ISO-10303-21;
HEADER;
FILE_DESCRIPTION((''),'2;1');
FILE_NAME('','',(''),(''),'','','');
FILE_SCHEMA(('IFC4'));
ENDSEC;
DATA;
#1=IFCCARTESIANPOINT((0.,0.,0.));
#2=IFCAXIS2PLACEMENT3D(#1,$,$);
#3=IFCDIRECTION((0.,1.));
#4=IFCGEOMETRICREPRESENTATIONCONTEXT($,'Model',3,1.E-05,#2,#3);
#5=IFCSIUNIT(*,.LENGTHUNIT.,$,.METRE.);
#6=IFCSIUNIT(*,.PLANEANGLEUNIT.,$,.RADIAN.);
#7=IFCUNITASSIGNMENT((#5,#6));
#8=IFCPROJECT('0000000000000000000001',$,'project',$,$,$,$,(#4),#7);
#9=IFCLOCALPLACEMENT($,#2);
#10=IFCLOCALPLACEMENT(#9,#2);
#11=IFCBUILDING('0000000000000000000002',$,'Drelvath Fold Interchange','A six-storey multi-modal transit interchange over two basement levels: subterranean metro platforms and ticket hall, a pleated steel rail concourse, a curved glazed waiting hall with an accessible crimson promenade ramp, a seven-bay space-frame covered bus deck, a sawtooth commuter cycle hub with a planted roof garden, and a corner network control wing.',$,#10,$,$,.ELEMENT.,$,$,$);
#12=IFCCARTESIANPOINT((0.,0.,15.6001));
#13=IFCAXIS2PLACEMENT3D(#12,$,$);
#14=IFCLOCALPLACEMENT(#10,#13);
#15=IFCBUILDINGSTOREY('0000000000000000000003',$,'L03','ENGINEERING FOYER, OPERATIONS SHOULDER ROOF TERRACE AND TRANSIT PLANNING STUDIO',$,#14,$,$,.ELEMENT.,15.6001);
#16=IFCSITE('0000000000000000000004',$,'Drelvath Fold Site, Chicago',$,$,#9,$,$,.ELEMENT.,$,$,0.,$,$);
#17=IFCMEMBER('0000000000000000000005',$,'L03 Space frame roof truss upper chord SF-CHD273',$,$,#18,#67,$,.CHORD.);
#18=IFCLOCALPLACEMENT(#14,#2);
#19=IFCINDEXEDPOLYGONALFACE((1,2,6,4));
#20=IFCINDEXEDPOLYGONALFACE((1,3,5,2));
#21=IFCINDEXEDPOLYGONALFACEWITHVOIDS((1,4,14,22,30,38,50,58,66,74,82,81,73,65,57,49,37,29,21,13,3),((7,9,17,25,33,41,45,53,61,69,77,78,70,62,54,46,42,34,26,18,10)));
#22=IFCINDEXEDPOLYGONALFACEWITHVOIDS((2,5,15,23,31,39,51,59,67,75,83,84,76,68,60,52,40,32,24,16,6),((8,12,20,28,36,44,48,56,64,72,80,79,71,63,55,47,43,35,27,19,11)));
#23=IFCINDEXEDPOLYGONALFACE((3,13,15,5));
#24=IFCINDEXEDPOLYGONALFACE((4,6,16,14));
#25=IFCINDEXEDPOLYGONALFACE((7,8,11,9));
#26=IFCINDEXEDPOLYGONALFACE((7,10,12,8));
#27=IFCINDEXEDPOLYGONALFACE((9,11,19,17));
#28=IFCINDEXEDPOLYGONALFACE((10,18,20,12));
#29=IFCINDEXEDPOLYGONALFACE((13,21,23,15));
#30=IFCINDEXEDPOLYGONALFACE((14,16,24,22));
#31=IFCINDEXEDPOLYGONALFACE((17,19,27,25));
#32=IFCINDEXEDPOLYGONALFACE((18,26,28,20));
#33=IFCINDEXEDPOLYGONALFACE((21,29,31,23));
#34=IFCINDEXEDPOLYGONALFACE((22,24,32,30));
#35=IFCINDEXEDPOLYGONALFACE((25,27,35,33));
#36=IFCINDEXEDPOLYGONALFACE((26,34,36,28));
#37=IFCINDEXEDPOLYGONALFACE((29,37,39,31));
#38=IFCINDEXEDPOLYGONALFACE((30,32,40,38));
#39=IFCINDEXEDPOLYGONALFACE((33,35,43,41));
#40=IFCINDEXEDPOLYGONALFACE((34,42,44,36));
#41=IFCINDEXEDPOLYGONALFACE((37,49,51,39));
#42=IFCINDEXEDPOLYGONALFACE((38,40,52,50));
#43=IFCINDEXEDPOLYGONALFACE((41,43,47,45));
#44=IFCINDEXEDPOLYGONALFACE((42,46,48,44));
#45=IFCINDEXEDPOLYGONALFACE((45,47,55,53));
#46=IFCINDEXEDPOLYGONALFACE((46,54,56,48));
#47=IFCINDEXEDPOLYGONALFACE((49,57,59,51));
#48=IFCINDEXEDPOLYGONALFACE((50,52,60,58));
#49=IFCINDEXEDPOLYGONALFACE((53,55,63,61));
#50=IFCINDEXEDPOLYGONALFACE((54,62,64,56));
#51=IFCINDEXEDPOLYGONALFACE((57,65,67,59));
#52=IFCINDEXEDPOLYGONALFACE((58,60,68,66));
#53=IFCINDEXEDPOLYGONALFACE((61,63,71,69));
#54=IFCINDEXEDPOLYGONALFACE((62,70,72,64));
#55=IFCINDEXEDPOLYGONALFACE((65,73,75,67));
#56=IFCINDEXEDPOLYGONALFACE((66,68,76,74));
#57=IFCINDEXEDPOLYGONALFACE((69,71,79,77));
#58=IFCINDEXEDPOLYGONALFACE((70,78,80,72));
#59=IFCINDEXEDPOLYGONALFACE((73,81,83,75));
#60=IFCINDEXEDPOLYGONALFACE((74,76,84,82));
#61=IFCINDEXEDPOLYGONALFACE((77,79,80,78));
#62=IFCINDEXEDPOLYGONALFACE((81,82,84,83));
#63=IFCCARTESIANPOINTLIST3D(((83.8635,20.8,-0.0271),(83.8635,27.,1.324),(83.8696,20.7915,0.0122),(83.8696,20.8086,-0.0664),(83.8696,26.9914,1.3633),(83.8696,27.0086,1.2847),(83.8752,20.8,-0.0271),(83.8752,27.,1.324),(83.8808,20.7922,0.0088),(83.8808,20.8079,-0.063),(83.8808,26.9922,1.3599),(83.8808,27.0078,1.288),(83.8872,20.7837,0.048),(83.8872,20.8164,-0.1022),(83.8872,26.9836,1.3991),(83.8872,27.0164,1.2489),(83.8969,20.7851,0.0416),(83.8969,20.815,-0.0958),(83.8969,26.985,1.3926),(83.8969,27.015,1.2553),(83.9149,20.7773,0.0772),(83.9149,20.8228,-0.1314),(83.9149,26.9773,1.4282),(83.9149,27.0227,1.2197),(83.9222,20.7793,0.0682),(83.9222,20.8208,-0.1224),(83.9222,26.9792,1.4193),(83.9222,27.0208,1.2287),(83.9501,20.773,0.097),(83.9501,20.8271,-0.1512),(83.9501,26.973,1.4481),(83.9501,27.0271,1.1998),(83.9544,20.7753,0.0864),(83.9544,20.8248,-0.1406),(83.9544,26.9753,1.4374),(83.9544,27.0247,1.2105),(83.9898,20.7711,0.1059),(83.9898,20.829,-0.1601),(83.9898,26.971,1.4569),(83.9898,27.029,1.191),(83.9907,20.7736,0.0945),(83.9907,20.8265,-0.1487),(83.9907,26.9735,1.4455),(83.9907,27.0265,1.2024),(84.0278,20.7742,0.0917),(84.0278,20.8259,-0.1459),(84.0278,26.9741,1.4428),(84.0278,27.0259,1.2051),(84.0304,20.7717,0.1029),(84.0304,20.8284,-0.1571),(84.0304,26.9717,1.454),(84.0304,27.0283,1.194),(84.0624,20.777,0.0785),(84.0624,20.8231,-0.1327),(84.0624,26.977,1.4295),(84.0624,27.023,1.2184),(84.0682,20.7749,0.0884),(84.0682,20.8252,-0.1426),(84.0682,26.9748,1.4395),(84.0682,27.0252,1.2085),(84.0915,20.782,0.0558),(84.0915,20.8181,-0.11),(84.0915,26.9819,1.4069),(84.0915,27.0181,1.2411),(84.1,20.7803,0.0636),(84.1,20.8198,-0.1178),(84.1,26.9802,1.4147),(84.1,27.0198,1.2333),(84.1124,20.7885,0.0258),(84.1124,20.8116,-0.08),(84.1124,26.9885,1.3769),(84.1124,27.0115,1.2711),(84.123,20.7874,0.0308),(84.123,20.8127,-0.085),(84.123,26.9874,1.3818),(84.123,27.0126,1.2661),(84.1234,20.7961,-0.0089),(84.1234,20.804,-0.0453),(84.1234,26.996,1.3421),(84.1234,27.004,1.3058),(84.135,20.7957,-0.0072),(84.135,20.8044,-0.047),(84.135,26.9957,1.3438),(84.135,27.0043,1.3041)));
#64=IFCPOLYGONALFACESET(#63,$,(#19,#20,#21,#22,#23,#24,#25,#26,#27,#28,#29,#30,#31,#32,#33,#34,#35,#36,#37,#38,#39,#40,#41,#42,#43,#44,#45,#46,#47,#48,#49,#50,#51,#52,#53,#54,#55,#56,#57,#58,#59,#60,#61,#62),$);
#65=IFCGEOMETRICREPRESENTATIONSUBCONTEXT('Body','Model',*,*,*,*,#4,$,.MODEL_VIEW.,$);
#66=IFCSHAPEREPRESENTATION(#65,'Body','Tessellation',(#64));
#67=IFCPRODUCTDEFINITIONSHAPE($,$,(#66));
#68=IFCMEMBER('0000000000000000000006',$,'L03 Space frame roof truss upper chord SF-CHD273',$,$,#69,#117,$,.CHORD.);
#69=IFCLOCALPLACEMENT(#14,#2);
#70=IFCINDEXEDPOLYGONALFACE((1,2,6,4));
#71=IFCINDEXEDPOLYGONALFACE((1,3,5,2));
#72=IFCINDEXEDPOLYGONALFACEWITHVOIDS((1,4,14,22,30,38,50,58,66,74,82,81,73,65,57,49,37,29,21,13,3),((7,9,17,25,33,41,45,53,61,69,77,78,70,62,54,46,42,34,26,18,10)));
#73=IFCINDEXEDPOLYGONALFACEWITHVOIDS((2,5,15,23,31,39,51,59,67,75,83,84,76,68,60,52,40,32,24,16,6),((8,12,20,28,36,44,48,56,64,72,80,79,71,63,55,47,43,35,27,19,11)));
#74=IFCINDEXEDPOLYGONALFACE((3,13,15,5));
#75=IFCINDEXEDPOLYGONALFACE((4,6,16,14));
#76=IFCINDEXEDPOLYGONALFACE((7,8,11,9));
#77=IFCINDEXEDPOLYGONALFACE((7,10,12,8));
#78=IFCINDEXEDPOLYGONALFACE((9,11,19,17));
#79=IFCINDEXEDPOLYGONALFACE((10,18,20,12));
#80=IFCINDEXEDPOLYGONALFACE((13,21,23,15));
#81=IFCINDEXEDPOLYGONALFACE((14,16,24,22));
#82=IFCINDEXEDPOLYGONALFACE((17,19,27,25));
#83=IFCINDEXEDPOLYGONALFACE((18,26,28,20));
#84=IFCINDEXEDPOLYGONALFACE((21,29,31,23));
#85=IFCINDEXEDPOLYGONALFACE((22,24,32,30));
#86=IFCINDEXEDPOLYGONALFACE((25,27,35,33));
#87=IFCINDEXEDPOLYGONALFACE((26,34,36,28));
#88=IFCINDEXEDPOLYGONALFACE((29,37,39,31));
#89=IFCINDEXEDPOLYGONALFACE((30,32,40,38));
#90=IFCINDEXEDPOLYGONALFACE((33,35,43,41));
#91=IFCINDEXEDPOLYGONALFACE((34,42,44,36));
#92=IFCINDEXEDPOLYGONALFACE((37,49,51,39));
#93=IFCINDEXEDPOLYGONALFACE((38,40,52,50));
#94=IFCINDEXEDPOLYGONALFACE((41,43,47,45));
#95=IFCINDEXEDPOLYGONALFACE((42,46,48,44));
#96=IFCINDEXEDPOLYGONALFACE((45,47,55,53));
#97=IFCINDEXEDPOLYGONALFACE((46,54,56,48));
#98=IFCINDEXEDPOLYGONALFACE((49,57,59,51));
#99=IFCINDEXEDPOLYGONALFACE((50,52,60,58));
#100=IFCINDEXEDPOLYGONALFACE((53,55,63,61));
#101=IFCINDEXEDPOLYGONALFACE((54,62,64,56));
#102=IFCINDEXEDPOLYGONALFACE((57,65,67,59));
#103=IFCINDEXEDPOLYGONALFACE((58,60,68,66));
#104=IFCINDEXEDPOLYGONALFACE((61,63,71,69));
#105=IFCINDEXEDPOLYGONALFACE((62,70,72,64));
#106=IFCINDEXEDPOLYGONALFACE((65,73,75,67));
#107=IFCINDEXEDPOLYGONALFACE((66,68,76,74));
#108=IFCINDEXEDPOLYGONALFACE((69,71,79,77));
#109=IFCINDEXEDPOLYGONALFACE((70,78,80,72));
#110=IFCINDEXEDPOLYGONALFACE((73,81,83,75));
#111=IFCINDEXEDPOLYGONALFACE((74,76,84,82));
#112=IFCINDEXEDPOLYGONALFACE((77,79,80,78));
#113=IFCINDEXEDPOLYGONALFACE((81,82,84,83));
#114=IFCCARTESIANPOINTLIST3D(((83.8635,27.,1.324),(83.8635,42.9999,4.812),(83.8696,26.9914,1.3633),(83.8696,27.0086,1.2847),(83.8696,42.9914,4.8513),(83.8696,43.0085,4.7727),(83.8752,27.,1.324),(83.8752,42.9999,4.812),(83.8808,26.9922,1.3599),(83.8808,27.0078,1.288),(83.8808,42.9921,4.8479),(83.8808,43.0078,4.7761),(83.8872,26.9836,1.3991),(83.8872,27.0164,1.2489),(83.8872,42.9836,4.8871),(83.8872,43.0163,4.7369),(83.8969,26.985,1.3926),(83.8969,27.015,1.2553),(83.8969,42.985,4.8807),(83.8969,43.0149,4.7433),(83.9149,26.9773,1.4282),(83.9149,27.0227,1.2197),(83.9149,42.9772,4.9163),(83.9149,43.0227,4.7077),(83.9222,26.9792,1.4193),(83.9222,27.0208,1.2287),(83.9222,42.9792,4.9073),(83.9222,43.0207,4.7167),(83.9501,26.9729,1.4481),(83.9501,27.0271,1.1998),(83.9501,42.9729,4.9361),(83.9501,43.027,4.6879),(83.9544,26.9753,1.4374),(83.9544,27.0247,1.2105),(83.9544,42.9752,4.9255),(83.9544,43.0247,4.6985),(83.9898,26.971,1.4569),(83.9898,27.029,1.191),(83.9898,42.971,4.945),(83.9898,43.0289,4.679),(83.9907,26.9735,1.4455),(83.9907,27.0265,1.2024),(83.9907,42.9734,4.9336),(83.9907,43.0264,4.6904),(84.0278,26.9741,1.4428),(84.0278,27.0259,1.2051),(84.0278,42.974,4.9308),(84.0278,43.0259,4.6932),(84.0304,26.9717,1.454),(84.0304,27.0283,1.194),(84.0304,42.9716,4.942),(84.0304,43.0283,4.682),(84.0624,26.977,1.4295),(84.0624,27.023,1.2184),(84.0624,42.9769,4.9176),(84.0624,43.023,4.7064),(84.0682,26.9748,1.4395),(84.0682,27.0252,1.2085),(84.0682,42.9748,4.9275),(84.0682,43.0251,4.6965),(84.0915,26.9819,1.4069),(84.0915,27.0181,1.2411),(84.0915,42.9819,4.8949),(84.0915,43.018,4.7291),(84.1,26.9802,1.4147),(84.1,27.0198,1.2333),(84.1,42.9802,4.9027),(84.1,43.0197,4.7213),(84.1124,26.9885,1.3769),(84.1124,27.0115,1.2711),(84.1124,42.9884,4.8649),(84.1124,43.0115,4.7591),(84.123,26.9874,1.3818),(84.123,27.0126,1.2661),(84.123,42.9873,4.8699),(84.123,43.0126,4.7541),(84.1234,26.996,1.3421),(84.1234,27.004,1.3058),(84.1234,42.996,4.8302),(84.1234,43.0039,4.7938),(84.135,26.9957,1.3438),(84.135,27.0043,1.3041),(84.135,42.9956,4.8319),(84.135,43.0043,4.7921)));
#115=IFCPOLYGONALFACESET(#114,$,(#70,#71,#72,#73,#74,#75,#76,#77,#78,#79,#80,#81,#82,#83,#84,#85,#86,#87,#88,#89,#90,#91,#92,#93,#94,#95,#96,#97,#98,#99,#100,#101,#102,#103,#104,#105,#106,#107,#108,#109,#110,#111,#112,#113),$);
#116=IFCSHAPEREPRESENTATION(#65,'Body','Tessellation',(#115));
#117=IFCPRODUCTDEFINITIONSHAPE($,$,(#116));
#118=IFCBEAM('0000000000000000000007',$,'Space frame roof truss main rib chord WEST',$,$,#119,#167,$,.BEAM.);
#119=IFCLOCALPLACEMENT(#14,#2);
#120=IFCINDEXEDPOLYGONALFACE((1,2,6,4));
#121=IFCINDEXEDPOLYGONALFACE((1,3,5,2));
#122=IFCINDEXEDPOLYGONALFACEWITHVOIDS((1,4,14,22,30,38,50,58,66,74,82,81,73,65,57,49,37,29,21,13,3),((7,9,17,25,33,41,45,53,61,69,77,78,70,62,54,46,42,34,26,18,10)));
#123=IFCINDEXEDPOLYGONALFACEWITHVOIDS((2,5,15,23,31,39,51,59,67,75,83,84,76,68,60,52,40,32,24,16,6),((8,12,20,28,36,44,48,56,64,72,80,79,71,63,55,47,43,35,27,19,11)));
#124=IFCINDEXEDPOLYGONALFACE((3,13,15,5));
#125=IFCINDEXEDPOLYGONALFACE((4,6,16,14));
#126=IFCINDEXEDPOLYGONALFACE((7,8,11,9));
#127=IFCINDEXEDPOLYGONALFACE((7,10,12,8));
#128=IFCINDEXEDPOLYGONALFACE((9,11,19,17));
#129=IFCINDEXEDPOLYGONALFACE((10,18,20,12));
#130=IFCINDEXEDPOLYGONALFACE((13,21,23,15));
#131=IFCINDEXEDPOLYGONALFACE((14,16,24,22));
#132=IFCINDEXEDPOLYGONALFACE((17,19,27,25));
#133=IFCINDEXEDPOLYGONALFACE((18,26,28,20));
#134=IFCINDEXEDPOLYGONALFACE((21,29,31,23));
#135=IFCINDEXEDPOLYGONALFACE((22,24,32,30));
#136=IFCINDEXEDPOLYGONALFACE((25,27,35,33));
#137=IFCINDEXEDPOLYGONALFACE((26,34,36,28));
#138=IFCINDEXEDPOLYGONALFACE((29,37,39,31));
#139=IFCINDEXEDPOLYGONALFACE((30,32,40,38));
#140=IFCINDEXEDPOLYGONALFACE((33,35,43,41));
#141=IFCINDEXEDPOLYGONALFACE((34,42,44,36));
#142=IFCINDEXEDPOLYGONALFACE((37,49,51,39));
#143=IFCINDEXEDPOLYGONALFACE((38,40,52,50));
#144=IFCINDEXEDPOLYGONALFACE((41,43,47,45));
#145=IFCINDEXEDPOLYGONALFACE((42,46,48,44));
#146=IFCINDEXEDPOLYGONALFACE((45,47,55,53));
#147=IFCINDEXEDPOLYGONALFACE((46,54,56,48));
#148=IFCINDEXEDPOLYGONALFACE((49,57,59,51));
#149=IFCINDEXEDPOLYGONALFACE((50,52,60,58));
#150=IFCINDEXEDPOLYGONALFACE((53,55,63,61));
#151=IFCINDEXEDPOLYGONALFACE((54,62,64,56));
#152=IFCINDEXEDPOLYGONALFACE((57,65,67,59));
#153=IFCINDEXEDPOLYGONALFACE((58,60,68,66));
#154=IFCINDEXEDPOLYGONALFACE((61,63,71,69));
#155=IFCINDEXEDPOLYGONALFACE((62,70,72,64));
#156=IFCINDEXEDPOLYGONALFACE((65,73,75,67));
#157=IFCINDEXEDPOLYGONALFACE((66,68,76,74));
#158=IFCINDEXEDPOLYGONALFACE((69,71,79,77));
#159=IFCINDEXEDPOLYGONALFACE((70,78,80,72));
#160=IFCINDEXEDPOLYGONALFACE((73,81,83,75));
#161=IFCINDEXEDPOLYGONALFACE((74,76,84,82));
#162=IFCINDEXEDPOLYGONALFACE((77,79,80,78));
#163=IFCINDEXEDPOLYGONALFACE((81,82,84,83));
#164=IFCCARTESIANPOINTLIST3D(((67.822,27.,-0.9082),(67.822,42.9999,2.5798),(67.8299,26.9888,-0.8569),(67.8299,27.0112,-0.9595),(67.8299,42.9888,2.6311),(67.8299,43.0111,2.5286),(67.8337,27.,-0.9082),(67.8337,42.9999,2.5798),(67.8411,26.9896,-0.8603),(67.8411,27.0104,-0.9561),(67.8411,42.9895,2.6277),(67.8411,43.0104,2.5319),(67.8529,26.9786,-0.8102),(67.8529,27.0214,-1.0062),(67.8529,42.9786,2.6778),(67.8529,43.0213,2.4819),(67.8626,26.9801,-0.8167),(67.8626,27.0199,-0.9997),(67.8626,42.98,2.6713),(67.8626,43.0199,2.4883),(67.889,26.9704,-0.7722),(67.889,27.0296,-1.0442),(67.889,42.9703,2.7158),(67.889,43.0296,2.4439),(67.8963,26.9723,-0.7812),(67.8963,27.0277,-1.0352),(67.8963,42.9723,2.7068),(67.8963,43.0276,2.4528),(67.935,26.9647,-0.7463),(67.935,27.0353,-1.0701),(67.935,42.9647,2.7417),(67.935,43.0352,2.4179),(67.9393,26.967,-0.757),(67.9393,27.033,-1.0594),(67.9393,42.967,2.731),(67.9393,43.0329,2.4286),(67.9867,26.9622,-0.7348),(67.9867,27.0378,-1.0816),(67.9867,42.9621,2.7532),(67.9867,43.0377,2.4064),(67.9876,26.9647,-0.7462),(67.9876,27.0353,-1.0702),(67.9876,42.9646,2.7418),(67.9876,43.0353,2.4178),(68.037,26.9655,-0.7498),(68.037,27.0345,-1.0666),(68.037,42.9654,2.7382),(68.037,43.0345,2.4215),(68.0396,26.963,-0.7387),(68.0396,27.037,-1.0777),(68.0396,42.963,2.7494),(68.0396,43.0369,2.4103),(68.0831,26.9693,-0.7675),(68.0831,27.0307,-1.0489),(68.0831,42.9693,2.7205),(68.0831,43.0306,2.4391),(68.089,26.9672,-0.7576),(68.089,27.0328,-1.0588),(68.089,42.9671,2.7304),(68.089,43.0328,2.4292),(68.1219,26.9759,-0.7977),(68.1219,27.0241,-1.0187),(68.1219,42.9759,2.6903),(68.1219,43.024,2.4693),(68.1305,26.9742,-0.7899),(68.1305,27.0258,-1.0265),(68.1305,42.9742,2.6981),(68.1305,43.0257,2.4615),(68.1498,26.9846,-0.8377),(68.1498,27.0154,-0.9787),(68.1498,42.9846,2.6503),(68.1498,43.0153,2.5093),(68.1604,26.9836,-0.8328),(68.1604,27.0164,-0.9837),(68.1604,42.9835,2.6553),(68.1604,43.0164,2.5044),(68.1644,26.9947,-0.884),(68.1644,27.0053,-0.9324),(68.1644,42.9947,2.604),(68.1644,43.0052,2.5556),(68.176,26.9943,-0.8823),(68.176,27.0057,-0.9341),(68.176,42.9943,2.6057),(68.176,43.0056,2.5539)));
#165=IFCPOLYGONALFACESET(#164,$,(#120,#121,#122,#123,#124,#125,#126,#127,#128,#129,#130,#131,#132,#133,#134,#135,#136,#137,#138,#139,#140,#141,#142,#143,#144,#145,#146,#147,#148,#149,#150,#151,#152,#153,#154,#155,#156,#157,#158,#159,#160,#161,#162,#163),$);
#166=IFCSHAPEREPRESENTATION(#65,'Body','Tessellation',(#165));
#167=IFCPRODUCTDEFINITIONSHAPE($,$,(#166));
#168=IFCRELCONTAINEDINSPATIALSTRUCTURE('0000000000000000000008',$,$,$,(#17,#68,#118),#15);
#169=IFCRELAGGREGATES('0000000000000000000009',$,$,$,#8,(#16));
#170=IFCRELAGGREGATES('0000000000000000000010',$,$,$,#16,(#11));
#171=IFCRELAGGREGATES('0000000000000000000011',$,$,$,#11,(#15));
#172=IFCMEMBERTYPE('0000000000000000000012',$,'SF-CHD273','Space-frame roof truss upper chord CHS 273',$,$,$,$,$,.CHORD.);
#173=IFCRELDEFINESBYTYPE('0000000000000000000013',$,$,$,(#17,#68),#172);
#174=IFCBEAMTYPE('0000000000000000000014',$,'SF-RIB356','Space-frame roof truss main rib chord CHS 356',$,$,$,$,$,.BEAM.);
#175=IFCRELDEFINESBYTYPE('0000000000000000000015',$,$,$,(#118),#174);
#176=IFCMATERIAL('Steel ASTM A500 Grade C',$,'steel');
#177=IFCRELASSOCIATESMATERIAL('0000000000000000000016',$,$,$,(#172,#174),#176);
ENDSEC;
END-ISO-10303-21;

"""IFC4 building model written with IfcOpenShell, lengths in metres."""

from ifc_helpers import new_model, si_unit, direction, frame, origin, origin_2d, place, context, subcontext, project, spatial, hollow_circle, extrude, material, material_profile, profile_set, type_object, element, save


model = new_model("IFC4")

# Units and contexts
model_context = context("Model", 3, precision=1e-05, world=origin(), true_north=direction((0.0, 1.0)))
body_context = subcontext(model_context, "Body", "Model", "MODEL_VIEW")
ifc_project = project(units=[si_unit("LENGTHUNIT", "METRE"), si_unit("PLANEANGLEUNIT", "RADIAN")], contexts=[model_context])

# Site, building, storey
site_placement = place(None, origin())
site = spatial("IfcSite", under=ifc_project, at=site_placement, Name="Drelvath Fold Site, Chicago", CompositionType="ELEMENT", RefElevation=0.0)
building_placement = place(site_placement, origin())
building = spatial("IfcBuilding", under=site, at=building_placement, Name="Drelvath Fold Interchange", Description="A six-storey multi-modal transit interchange over two basement levels: subterranean metro platforms and ticket hall, a pleated steel rail concourse, a curved glazed waiting hall with an accessible crimson promenade ramp, a seven-bay space-frame covered bus deck, a sawtooth commuter cycle hub with a planted roof garden, and a corner network control wing.", CompositionType="ELEMENT")
storey_placement = place(building_placement, frame((0.0, 0.0, 15.6001)))
storey = spatial("IfcBuildingStorey", under=building, at=storey_placement, Name="L03", Description="ENGINEERING FOYER, OPERATIONS SHOULDER ROOF TERRACE AND TRANSIT PLANNING STUDIO", CompositionType="ELEMENT", Elevation=15.6001)

# Members
ifc_material_1 = material(Name="Steel ASTM A500 Grade C", Category="steel")
ifc_material_profile_1 = material_profile(ifc_material_1, hollow_circle(Radius=0.1365, WallThickness=0.0117, at=origin_2d()), Name="HSS10.750X0.500")
ifc_profile_set_1 = profile_set([ifc_material_profile_1], Name="Steel ASTM A500 Grade C")
member_type_1 = type_object("IfcMemberType", Name="SF-CHD273", Description="Space-frame roof truss upper chord CHS 273", PredefinedType="CHORD", material=ifc_profile_set_1)
member_1_placement = place(storey_placement, frame((84.0, 20.8, -0.0271), z_axis=(0.0, 0.97707, 0.21292), x_axis=(-1.0, 0.0, 0.0)))
element("IfcMember", 1, at=member_1_placement, inside=storey, type_object=member_type_1, Name="L03 Space frame roof truss upper chord SF-CHD273", PredefinedType="CHORD", context=body_context, shape_type="SweptSolid", body=[
    extrude(hollow_circle(Radius=0.1365, WallThickness=0.0117, at=origin_2d()), origin(), (0.0, 0.0, 1.0), 6.3455),
])
member_2_placement = place(storey_placement, frame((84.0, 27.0, 1.324), z_axis=(0.0, 0.977052, 0.213), x_axis=(-1.0, 0.0, 0.0)))
element("IfcMember", 2, at=member_2_placement, inside=storey, type_object=member_type_1, Name="L03 Space frame roof truss upper chord SF-CHD273", PredefinedType="CHORD", context=body_context, shape_type="SweptSolid", body=[
    extrude(hollow_circle(Radius=0.1365, WallThickness=0.0117, at=origin_2d()), origin(), (0.0, 0.0, 1.0), 16.3757),
])

# Beam
ifc_material_profile_2 = material_profile(ifc_material_1, hollow_circle(Radius=0.178, WallThickness=0.0117, at=origin_2d()), Name="HSS14.000X0.500")
ifc_profile_set_2 = profile_set([ifc_material_profile_2], Name="Steel ASTM A500 Grade C")
beam_type_1 = type_object("IfcBeamType", Name="SF-RIB356", Description="Space-frame roof truss main rib chord CHS 356", PredefinedType="BEAM", material=ifc_profile_set_2)
for number, where, z_axis, x_axis, name in (
    (3, (68.0, 27.0, -0.9082), (0.0, 0.977052, 0.213), (-1.0, 0.0, 0.0), "Space frame roof truss main rib chord WEST"),
):
    element("IfcBeam", number, at=place(storey_placement, frame(where, z_axis=z_axis, x_axis=x_axis)), inside=storey, type_object=beam_type_1, Name=name, PredefinedType="BEAM", context=body_context, shape_type="SweptSolid", body=[
        extrude(hollow_circle(Radius=0.178, WallThickness=0.0117, at=origin_2d()), origin(), (0.0, 0.0, 1.0), 16.3757),
    ])

save(model, "model.ifc")
